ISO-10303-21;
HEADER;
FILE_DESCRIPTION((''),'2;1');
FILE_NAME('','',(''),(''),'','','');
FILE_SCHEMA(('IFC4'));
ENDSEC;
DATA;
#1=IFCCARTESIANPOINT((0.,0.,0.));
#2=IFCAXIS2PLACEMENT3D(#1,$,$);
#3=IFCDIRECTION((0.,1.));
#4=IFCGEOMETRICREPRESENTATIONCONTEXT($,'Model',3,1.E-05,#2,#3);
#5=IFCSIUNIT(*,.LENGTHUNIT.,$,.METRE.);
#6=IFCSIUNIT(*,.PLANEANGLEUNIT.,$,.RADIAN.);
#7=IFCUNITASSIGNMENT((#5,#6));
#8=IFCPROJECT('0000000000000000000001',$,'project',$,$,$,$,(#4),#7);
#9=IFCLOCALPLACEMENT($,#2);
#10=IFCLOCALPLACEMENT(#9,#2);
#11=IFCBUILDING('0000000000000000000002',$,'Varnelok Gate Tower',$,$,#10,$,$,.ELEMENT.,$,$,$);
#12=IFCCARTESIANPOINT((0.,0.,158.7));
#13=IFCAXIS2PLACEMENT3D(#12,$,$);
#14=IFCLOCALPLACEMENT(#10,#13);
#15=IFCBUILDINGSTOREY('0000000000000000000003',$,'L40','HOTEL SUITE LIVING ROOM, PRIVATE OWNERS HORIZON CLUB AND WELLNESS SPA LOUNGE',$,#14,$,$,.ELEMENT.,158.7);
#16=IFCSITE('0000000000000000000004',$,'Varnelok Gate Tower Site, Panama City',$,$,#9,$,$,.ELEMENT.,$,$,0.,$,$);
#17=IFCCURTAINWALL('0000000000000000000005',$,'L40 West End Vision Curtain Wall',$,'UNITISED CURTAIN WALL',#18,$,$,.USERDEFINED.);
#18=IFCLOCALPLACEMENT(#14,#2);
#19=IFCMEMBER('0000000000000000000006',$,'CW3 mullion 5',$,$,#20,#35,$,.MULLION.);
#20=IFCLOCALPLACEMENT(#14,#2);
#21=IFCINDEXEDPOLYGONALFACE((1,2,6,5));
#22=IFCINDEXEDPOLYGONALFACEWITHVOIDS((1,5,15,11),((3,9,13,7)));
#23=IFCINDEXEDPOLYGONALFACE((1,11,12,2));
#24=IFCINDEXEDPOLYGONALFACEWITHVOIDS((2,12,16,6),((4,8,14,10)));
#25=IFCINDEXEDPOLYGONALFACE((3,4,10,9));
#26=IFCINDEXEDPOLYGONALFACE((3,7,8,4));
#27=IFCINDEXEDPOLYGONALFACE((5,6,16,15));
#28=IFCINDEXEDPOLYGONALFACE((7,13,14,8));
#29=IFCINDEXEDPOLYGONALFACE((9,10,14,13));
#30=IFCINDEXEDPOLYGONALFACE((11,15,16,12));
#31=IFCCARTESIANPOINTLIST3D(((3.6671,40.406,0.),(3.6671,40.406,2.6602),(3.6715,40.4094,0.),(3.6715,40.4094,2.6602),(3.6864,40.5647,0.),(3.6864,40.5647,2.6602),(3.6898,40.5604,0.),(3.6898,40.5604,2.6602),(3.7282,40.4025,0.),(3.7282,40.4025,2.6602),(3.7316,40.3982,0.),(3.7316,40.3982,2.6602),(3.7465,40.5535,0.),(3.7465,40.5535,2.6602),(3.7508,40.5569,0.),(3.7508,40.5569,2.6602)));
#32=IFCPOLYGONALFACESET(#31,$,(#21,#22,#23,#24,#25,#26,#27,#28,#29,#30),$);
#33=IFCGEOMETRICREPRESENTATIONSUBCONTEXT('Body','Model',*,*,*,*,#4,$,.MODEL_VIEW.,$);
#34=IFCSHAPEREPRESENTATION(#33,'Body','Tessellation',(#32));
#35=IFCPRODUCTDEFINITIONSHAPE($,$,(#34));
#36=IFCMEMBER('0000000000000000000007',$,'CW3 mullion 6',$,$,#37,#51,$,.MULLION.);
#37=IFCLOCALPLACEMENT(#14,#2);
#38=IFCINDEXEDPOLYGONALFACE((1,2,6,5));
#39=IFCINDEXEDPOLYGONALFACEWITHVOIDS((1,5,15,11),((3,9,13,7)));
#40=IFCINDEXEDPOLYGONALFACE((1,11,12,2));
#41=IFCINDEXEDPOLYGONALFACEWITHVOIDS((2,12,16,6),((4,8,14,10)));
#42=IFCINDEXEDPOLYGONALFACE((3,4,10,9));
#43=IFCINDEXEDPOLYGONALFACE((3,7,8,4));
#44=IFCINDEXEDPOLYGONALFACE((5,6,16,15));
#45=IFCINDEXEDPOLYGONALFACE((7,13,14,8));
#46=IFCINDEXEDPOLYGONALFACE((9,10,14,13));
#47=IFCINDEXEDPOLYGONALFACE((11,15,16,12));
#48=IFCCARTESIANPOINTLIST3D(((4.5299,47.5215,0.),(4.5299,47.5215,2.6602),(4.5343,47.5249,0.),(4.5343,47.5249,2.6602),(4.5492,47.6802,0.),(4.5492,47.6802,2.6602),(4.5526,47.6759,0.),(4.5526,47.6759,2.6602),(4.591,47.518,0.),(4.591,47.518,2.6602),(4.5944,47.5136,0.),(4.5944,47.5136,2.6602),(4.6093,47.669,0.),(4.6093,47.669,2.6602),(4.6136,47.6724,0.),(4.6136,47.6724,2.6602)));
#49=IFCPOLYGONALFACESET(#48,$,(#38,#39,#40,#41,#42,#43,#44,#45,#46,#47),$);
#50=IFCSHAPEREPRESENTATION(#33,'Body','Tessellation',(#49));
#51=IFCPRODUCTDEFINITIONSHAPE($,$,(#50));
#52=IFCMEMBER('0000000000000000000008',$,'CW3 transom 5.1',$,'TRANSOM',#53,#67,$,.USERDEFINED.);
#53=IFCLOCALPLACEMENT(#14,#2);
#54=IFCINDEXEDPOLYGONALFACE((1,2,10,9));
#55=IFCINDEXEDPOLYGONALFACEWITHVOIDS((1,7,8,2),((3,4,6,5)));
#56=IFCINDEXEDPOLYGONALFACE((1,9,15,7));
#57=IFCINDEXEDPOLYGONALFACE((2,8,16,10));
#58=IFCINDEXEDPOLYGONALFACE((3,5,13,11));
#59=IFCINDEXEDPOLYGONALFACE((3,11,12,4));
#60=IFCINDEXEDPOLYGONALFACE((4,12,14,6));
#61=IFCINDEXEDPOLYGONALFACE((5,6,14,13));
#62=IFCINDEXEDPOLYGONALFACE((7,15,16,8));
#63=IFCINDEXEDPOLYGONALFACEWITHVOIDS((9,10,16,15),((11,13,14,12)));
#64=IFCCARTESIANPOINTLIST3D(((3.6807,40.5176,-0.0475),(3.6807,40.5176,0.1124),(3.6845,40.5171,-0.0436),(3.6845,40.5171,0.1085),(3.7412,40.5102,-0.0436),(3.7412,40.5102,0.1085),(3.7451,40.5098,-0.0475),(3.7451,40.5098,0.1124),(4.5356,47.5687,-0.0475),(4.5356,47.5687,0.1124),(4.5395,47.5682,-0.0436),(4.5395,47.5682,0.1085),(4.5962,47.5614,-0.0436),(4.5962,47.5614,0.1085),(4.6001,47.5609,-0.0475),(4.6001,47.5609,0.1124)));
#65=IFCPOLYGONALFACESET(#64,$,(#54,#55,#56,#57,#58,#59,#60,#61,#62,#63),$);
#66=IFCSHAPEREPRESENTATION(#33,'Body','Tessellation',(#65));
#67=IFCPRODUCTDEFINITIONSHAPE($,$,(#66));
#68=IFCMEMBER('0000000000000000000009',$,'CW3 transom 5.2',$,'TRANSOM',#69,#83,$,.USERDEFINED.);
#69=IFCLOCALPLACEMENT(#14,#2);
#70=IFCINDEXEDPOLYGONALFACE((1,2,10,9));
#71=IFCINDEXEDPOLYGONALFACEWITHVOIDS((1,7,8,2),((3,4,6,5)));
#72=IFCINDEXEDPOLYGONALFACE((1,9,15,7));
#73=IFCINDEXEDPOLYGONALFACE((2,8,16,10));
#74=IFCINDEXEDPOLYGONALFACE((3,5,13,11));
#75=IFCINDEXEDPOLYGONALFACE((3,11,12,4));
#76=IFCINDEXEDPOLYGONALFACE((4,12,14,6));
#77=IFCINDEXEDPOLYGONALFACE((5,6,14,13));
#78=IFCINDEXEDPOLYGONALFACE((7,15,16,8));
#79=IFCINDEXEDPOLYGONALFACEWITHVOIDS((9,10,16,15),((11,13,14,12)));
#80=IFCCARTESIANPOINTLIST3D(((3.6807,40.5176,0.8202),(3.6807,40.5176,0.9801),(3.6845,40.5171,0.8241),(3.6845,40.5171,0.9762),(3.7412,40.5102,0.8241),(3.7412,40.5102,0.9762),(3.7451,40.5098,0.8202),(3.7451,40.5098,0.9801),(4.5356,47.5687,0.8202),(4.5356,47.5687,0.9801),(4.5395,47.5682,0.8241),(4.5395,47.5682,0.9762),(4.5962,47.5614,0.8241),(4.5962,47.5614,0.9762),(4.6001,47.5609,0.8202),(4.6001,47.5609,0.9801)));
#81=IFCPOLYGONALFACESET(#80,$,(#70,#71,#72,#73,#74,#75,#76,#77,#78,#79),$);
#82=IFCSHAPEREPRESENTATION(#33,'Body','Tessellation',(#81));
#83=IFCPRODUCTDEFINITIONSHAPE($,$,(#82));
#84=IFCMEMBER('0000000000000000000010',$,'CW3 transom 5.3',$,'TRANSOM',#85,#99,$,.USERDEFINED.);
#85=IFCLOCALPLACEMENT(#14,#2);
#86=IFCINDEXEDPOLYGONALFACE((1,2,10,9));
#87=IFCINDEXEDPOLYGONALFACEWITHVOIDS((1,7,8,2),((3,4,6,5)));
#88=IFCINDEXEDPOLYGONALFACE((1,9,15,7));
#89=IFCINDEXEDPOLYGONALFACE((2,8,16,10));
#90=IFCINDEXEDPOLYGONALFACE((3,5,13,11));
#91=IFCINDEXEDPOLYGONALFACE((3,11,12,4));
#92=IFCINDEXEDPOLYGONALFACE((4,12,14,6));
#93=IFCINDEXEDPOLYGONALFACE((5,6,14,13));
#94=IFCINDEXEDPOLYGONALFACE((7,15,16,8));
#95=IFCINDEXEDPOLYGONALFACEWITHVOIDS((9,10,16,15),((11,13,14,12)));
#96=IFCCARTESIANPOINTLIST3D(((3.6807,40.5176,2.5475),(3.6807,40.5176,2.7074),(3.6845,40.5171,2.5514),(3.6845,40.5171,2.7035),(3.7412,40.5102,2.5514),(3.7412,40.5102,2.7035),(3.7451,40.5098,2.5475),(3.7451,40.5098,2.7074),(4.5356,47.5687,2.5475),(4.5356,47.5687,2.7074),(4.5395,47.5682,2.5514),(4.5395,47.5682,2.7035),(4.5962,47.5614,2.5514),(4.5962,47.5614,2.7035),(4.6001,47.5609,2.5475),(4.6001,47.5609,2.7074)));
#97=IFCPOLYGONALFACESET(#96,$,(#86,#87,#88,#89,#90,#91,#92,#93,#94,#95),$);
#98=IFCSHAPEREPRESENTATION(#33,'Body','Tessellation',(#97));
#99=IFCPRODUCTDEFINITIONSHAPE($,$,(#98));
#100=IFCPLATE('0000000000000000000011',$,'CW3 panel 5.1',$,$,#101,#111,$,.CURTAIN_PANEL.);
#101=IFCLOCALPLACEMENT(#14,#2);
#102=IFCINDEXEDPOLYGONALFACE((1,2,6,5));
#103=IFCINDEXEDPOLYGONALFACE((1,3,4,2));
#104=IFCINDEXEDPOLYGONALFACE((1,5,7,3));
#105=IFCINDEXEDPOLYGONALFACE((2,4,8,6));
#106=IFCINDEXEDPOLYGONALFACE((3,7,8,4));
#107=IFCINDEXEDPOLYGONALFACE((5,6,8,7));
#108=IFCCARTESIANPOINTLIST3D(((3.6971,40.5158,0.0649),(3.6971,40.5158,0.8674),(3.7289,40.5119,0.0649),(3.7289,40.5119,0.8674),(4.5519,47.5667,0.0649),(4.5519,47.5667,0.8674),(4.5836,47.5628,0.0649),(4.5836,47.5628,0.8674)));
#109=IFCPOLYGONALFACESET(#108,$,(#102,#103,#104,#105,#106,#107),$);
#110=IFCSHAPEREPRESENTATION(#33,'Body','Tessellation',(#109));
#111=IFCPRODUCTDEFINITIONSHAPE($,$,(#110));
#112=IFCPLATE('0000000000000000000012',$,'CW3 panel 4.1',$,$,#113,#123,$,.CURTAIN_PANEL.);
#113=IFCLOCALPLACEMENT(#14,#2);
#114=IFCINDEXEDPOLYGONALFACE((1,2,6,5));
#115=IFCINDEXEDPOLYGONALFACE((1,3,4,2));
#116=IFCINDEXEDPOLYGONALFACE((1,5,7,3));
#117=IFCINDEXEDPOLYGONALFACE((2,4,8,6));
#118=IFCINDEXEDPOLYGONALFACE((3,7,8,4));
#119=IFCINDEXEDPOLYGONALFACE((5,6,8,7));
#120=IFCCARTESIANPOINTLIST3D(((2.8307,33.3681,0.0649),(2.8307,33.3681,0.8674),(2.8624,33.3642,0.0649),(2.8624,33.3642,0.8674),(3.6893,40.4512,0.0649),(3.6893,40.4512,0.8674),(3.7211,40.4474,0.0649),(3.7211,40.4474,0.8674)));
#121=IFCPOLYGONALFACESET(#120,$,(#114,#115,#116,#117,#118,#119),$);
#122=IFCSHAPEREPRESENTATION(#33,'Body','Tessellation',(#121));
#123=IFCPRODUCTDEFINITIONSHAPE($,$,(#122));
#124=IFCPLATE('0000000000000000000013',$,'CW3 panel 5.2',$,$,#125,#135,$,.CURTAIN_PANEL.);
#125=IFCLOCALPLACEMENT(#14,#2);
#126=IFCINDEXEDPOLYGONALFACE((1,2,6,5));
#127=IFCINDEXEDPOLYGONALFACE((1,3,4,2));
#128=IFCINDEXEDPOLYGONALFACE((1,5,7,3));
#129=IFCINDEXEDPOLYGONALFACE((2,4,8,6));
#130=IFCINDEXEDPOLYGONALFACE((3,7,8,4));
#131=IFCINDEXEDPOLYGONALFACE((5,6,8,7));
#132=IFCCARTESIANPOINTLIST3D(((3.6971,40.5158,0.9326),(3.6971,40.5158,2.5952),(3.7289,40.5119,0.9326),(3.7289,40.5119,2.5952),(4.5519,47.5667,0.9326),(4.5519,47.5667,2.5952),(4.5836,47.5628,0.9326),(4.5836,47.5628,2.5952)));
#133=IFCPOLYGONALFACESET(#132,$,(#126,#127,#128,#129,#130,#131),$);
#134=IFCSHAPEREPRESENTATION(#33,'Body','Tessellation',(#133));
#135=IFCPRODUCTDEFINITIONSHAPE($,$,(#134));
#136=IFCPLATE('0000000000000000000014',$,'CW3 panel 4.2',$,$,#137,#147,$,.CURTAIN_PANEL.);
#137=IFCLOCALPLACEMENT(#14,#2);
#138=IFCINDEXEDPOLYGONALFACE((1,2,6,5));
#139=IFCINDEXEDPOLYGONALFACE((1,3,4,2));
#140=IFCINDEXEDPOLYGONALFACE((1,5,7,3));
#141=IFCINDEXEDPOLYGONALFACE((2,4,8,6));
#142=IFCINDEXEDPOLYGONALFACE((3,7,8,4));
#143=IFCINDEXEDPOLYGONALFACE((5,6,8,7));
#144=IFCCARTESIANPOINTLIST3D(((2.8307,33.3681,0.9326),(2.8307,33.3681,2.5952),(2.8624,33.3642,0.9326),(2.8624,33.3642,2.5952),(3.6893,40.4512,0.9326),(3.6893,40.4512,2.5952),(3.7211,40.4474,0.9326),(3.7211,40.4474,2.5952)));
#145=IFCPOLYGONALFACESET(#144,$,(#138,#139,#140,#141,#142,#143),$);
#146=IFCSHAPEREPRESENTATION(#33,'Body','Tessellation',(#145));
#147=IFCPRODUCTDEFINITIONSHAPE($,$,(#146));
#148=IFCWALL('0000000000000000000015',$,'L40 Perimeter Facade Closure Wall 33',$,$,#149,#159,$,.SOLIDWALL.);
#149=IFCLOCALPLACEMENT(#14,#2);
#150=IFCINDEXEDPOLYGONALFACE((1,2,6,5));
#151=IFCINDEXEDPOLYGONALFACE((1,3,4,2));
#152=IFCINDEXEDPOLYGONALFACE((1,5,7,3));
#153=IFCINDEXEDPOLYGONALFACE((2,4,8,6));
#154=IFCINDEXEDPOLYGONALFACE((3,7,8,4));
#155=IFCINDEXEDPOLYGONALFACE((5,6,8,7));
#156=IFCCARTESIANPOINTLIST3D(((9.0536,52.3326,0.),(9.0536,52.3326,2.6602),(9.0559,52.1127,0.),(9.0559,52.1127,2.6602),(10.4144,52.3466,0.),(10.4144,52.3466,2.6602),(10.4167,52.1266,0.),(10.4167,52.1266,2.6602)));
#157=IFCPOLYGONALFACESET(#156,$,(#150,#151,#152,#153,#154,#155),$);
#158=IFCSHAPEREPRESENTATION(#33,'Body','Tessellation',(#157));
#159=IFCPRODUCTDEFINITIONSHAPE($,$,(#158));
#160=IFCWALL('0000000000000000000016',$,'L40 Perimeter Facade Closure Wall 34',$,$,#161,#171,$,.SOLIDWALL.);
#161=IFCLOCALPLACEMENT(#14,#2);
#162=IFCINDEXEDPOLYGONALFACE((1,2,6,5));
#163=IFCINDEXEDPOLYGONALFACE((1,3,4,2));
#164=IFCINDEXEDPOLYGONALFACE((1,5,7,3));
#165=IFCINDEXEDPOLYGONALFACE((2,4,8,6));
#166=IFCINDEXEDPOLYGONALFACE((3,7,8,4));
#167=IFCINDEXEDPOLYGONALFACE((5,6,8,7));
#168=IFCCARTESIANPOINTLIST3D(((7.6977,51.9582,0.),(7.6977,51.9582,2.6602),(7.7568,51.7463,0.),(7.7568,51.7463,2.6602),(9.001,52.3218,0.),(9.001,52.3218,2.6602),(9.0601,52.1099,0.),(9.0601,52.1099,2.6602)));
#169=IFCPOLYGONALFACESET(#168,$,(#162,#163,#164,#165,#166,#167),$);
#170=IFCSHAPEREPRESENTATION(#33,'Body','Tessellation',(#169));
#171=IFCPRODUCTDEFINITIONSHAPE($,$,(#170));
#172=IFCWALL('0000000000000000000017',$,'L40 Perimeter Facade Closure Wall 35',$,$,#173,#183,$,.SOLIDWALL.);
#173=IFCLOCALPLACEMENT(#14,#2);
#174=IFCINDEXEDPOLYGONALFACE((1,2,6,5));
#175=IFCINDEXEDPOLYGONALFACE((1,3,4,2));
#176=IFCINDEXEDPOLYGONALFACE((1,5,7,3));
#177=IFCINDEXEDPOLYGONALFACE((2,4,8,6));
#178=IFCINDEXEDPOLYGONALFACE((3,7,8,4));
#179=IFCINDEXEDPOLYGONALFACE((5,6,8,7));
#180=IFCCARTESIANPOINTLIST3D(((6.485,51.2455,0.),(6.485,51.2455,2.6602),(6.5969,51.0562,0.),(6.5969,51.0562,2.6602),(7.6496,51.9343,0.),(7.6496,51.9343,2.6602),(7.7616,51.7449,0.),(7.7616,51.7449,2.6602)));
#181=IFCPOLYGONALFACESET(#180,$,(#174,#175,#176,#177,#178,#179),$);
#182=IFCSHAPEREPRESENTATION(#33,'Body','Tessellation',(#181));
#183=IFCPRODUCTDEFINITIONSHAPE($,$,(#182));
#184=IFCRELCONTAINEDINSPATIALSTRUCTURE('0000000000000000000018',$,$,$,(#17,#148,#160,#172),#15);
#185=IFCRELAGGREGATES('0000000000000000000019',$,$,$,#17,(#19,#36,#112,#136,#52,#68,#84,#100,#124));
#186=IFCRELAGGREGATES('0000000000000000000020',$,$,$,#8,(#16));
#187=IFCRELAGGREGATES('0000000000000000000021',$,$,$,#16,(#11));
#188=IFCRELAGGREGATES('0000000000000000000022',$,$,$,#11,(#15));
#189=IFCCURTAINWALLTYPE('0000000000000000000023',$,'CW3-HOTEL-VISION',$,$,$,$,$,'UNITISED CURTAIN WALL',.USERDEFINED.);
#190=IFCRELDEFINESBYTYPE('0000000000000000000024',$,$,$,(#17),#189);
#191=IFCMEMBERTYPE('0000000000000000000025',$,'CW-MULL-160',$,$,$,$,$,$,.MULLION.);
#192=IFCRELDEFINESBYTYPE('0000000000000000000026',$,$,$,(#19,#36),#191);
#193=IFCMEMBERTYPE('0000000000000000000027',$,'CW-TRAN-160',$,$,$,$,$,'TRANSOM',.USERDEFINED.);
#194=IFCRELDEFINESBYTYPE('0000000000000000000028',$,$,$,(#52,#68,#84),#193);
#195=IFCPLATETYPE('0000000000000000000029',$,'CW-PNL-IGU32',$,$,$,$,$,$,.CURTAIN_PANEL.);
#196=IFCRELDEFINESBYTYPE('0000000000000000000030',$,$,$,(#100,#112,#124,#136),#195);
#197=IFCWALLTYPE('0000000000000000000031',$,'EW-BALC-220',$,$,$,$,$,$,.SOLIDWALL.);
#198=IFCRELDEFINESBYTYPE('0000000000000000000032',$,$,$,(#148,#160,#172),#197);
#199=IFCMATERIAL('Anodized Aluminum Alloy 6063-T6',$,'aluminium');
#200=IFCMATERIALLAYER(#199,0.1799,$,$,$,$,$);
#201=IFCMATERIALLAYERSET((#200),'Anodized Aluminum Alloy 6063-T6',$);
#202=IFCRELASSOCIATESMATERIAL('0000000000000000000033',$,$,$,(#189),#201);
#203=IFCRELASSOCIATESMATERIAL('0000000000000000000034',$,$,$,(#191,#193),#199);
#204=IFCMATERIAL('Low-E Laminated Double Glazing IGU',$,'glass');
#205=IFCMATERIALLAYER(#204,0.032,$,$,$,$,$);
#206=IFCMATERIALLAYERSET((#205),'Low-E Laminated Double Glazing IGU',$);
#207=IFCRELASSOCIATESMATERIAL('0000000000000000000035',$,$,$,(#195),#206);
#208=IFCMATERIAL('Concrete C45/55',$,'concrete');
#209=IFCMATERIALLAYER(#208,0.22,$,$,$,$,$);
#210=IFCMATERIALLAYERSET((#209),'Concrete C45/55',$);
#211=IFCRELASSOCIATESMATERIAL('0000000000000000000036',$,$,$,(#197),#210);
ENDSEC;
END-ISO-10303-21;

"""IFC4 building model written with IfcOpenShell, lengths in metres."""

from ifc_helpers import new_model, si_unit, direction, frame, frame_2d, origin, origin_2d, place, context, subcontext, project, spatial, rectangle, hollow_rectangle, extrude, source, transform, mapped, material, layer, layer_set, material_profile, profile_set, type_object, element, aggregate, save


model = new_model("IFC4")

# Units and contexts
model_context = context("Model", 3, precision=1e-05, world=origin(), true_north=direction((0.0, 1.0)))
body_context = subcontext(model_context, "Body", "Model", "MODEL_VIEW")
ifc_project = project(units=[si_unit("LENGTHUNIT", "METRE"), si_unit("PLANEANGLEUNIT", "RADIAN")], contexts=[model_context])

# Site, building, storey
site_placement = place(None, origin())
site = spatial("IfcSite", under=ifc_project, at=site_placement, Name="Varnelok Gate Tower Site, Panama City", CompositionType="ELEMENT", RefElevation=0.0)
building_placement = place(site_placement, origin())
building = spatial("IfcBuilding", under=site, at=building_placement, Name="Varnelok Gate Tower", CompositionType="ELEMENT")
storey_placement = place(building_placement, frame((0.0, 0.0, 158.7)))
storey = spatial("IfcBuildingStorey", under=building, at=storey_placement, Name="L40", Description="HOTEL SUITE LIVING ROOM, PRIVATE OWNERS HORIZON CLUB AND WELLNESS SPA LOUNGE", CompositionType="ELEMENT", Elevation=158.7)

# Curtain wall, members, plates
ifc_material_1 = material(Name="Anodized Aluminum Alloy 6063-T6", Category="aluminium")
ifc_layer_1 = layer(ifc_material_1, 0.1799)
ifc_layer_set_1 = layer_set([ifc_layer_1], Name="Anodized Aluminum Alloy 6063-T6")
curtain_wall_type = type_object("IfcCurtainWallType", Name="CW3-HOTEL-VISION", ElementType="UNITISED CURTAIN WALL", PredefinedType="USERDEFINED", material=ifc_layer_set_1)
curtain_wall_placement = place(storey_placement, origin())
curtain_wall = element("IfcCurtainWall", 1, at=curtain_wall_placement, inside=storey, type_object=curtain_wall_type, Name="L40 West End Vision Curtain Wall", ObjectType="UNITISED CURTAIN WALL", PredefinedType="USERDEFINED")
ifc_material_profile_1 = material_profile(ifc_material_1, hollow_rectangle(XDim=0.0649, YDim=0.1599, WallThickness=0.0039, at=origin_2d()), Name="ALU160X65X4")
ifc_profile_set_1 = profile_set([ifc_material_profile_1], Name="Anodized Aluminum Alloy 6063-T6")
member_type_1 = type_object("IfcMemberType", Name="CW-MULL-160", PredefinedType="MULLION", material=ifc_profile_set_1)
member_1_placement = place(storey_placement, frame((3.709, 40.4814, 0.0), z_axis=(0.0, 0.0, 1.0), x_axis=(-0.992732, 0.120347, 0.0)))
member_1 = element("IfcMember", 2, at=member_1_placement, type_object=member_type_1, Name="CW3 mullion 5", PredefinedType="MULLION", context=body_context, shape_type="SweptSolid", body=[
    extrude(hollow_rectangle(XDim=0.0649, YDim=0.1599, WallThickness=0.0039, at=origin_2d()), origin(), (0.0, 0.0, 1.0), 2.6602),
])
member_2_placement = place(storey_placement, frame((4.5718, 47.5969, 0.0), z_axis=(0.0, 0.0, 1.0), x_axis=(-0.992732, 0.120347, 0.0)))
member_2 = element("IfcMember", 3, at=member_2_placement, type_object=member_type_1, Name="CW3 mullion 6", PredefinedType="MULLION", context=body_context, shape_type="SweptSolid", body=[
    extrude(hollow_rectangle(XDim=0.0649, YDim=0.1599, WallThickness=0.0039, at=origin_2d()), origin(), (0.0, 0.0, 1.0), 2.6602),
])
ifc_material_profile_2 = material_profile(ifc_material_1, hollow_rectangle(XDim=0.0649, YDim=0.1599, WallThickness=0.0039, at=origin_2d()), Name="ALU160X65X4")
ifc_profile_set_2 = profile_set([ifc_material_profile_2], Name="Anodized Aluminum Alloy 6063-T6")
member_type_2 = type_object("IfcMemberType", Name="CW-TRAN-160", ElementType="TRANSOM", PredefinedType="USERDEFINED", material=ifc_profile_set_2)
member_3_placement = place(storey_placement, frame((3.7129, 40.5137, 0.0325), z_axis=(0.120374, 0.992729, 0.0), x_axis=(-0.992729, 0.120374, 0.0)))
member_3 = element("IfcMember", 4, at=member_3_placement, type_object=member_type_2, Name="CW3 transom 5.1", ObjectType="TRANSOM", PredefinedType="USERDEFINED", context=body_context, shape_type="SweptSolid", body=[
    extrude(hollow_rectangle(XDim=0.0649, YDim=0.1599, WallThickness=0.0039, at=origin_2d()), origin(), (0.0, 0.0, 1.0), 7.1028),
])
member_4_placement = place(storey_placement, frame((3.7129, 40.5137, 0.9001), z_axis=(0.120374, 0.992729, 0.0), x_axis=(-0.992729, 0.120374, 0.0)))
member_4 = element("IfcMember", 5, at=member_4_placement, type_object=member_type_2, Name="CW3 transom 5.2", ObjectType="TRANSOM", PredefinedType="USERDEFINED", context=body_context, shape_type="SweptSolid", body=[
    extrude(hollow_rectangle(XDim=0.0649, YDim=0.1599, WallThickness=0.0039, at=origin_2d()), origin(), (0.0, 0.0, 1.0), 7.1028),
])
member_5_placement = place(storey_placement, frame((3.7129, 40.5137, 2.6274), z_axis=(0.120374, 0.992729, 0.0), x_axis=(-0.992729, 0.120374, 0.0)))
member_5 = element("IfcMember", 6, at=member_5_placement, type_object=member_type_2, Name="CW3 transom 5.3", ObjectType="TRANSOM", PredefinedType="USERDEFINED", context=body_context, shape_type="SweptSolid", body=[
    extrude(hollow_rectangle(XDim=0.0649, YDim=0.1599, WallThickness=0.0039, at=origin_2d()), origin(), (0.0, 0.0, 1.0), 7.1028),
])
ifc_material_2 = material(Name="Low-E Laminated Double Glazing IGU", Category="glass")
ifc_layer_2 = layer(ifc_material_2, 0.032)
ifc_layer_set_2 = layer_set([ifc_layer_2], Name="Low-E Laminated Double Glazing IGU")
plate_type = type_object("IfcPlateType", Name="CW-PNL-IGU32", PredefinedType="CURTAIN_PANEL", material=ifc_layer_set_2)
shared_shape_1 = source(origin(), body_context, "Body", "SweptSolid", [
    extrude(rectangle(XDim=7.1025, YDim=0.032, at=origin_2d()), origin(), (0.0, 0.0, 1.0), 0.8025),
])
plate_1_placement = place(storey_placement, frame((4.1404, 44.0393, 0.0649), z_axis=(0.0, 0.0, 1.0), x_axis=(0.120347, 0.992732, 0.0)))
plate_1 = element("IfcPlate", 7, at=plate_1_placement, type_object=plate_type, Name="CW3 panel 5.1", PredefinedType="CURTAIN_PANEL", context=body_context, shape_type="MappedRepresentation", body=[
    mapped(shared_shape_1, transform((0.0, 0.0, 0.0), scale=1.0)),
])
shared_shape_2 = source(origin(), body_context, "Body", "SweptSolid", [
    extrude(rectangle(XDim=7.135, YDim=0.032, at=origin_2d()), origin(), (0.0, 0.0, 1.0), 0.8025),
])
plate_2_placement = place(storey_placement, frame((3.2759, 36.9077, 0.0649), z_axis=(0.0, 0.0, 1.0), x_axis=(0.120347, 0.992732, 0.0)))
plate_2 = element("IfcPlate", 8, at=plate_2_placement, type_object=plate_type, Name="CW3 panel 4.1", PredefinedType="CURTAIN_PANEL", context=body_context, shape_type="MappedRepresentation", body=[
    mapped(shared_shape_2, transform((0.0, 0.0, 0.0), scale=1.0)),
])
shared_shape_3 = source(origin(), body_context, "Body", "SweptSolid", [
    extrude(rectangle(XDim=7.1025, YDim=0.032, at=origin_2d()), origin(), (0.0, 0.0, 1.0), 1.6626),
])
plate_3_placement = place(storey_placement, frame((4.1404, 44.0393, 0.9326), z_axis=(0.0, 0.0, 1.0), x_axis=(0.120347, 0.992732, 0.0)))
plate_3 = element("IfcPlate", 9, at=plate_3_placement, type_object=plate_type, Name="CW3 panel 5.2", PredefinedType="CURTAIN_PANEL", context=body_context, shape_type="MappedRepresentation", body=[
    mapped(shared_shape_3, transform((0.0, 0.0, 0.0), scale=1.0)),
])
shared_shape_4 = source(origin(), body_context, "Body", "SweptSolid", [
    extrude(rectangle(XDim=7.135, YDim=0.032, at=origin_2d()), origin(), (0.0, 0.0, 1.0), 1.6626),
])
plate_4_placement = place(storey_placement, frame((3.2759, 36.9077, 0.9326), z_axis=(0.0, 0.0, 1.0), x_axis=(0.120347, 0.992732, 0.0)))
plate_4 = element("IfcPlate", 10, at=plate_4_placement, type_object=plate_type, Name="CW3 panel 4.2", PredefinedType="CURTAIN_PANEL", context=body_context, shape_type="MappedRepresentation", body=[
    mapped(shared_shape_4, transform((0.0, 0.0, 0.0), scale=1.0)),
])
aggregate(curtain_wall, [member_1, member_2, plate_2, plate_4, member_3, member_4, member_5, plate_1, plate_3])

# Walls
ifc_material_3 = material(Name="Concrete C45/55", Category="concrete")
ifc_layer_3 = layer(ifc_material_3, 0.22)
ifc_layer_set_3 = layer_set([ifc_layer_3], Name="Concrete C45/55")
wall_type_1 = type_object("IfcWallType", Name="EW-BALC-220", PredefinedType="SOLIDWALL", material=ifc_layer_set_3)
wall_1_placement = place(storey_placement, frame((10.4155, 52.2366, 0.0), z_axis=(0.0, 0.0, 1.0), x_axis=(-0.999948, -0.010226, 0.0)))
element("IfcWall", 11, at=wall_1_placement, inside=storey, type_object=wall_type_1, Name="L40 Perimeter Facade Closure Wall 33", PredefinedType="SOLIDWALL", context=body_context, shape_type="SweptSolid", body=[
    extrude(rectangle(XDim=1.3608, YDim=0.22, at=frame_2d((0.6804, 0.0))), origin(), (0.0, 0.0, 1.0), 2.6602),
])
for number, where, z_axis, x_axis, name in (
    (12, (9.0305, 52.2158, 0.0), (0.0, 0.0, 1.0), (-0.963228, -0.268686, 0.0), "L40 Perimeter Facade Closure Wall 34"),
    (13, (7.7056, 51.8396, 0.0), (0.0, 0.0, 1.0), (-0.86074, -0.509045, 0.0), "L40 Perimeter Facade Closure Wall 35"),
):
    element("IfcWall", number, at=place(storey_placement, frame(where, z_axis=z_axis, x_axis=x_axis)), inside=storey, type_object=wall_type_1, Name=name, PredefinedType="SOLIDWALL", context=body_context, shape_type="SweptSolid", body=[
        extrude(rectangle(XDim=1.353, YDim=0.22, at=frame_2d((0.6765, 0.0))), origin(), (0.0, 0.0, 1.0), 2.6602),
    ])

save(model, "model.ifc")
